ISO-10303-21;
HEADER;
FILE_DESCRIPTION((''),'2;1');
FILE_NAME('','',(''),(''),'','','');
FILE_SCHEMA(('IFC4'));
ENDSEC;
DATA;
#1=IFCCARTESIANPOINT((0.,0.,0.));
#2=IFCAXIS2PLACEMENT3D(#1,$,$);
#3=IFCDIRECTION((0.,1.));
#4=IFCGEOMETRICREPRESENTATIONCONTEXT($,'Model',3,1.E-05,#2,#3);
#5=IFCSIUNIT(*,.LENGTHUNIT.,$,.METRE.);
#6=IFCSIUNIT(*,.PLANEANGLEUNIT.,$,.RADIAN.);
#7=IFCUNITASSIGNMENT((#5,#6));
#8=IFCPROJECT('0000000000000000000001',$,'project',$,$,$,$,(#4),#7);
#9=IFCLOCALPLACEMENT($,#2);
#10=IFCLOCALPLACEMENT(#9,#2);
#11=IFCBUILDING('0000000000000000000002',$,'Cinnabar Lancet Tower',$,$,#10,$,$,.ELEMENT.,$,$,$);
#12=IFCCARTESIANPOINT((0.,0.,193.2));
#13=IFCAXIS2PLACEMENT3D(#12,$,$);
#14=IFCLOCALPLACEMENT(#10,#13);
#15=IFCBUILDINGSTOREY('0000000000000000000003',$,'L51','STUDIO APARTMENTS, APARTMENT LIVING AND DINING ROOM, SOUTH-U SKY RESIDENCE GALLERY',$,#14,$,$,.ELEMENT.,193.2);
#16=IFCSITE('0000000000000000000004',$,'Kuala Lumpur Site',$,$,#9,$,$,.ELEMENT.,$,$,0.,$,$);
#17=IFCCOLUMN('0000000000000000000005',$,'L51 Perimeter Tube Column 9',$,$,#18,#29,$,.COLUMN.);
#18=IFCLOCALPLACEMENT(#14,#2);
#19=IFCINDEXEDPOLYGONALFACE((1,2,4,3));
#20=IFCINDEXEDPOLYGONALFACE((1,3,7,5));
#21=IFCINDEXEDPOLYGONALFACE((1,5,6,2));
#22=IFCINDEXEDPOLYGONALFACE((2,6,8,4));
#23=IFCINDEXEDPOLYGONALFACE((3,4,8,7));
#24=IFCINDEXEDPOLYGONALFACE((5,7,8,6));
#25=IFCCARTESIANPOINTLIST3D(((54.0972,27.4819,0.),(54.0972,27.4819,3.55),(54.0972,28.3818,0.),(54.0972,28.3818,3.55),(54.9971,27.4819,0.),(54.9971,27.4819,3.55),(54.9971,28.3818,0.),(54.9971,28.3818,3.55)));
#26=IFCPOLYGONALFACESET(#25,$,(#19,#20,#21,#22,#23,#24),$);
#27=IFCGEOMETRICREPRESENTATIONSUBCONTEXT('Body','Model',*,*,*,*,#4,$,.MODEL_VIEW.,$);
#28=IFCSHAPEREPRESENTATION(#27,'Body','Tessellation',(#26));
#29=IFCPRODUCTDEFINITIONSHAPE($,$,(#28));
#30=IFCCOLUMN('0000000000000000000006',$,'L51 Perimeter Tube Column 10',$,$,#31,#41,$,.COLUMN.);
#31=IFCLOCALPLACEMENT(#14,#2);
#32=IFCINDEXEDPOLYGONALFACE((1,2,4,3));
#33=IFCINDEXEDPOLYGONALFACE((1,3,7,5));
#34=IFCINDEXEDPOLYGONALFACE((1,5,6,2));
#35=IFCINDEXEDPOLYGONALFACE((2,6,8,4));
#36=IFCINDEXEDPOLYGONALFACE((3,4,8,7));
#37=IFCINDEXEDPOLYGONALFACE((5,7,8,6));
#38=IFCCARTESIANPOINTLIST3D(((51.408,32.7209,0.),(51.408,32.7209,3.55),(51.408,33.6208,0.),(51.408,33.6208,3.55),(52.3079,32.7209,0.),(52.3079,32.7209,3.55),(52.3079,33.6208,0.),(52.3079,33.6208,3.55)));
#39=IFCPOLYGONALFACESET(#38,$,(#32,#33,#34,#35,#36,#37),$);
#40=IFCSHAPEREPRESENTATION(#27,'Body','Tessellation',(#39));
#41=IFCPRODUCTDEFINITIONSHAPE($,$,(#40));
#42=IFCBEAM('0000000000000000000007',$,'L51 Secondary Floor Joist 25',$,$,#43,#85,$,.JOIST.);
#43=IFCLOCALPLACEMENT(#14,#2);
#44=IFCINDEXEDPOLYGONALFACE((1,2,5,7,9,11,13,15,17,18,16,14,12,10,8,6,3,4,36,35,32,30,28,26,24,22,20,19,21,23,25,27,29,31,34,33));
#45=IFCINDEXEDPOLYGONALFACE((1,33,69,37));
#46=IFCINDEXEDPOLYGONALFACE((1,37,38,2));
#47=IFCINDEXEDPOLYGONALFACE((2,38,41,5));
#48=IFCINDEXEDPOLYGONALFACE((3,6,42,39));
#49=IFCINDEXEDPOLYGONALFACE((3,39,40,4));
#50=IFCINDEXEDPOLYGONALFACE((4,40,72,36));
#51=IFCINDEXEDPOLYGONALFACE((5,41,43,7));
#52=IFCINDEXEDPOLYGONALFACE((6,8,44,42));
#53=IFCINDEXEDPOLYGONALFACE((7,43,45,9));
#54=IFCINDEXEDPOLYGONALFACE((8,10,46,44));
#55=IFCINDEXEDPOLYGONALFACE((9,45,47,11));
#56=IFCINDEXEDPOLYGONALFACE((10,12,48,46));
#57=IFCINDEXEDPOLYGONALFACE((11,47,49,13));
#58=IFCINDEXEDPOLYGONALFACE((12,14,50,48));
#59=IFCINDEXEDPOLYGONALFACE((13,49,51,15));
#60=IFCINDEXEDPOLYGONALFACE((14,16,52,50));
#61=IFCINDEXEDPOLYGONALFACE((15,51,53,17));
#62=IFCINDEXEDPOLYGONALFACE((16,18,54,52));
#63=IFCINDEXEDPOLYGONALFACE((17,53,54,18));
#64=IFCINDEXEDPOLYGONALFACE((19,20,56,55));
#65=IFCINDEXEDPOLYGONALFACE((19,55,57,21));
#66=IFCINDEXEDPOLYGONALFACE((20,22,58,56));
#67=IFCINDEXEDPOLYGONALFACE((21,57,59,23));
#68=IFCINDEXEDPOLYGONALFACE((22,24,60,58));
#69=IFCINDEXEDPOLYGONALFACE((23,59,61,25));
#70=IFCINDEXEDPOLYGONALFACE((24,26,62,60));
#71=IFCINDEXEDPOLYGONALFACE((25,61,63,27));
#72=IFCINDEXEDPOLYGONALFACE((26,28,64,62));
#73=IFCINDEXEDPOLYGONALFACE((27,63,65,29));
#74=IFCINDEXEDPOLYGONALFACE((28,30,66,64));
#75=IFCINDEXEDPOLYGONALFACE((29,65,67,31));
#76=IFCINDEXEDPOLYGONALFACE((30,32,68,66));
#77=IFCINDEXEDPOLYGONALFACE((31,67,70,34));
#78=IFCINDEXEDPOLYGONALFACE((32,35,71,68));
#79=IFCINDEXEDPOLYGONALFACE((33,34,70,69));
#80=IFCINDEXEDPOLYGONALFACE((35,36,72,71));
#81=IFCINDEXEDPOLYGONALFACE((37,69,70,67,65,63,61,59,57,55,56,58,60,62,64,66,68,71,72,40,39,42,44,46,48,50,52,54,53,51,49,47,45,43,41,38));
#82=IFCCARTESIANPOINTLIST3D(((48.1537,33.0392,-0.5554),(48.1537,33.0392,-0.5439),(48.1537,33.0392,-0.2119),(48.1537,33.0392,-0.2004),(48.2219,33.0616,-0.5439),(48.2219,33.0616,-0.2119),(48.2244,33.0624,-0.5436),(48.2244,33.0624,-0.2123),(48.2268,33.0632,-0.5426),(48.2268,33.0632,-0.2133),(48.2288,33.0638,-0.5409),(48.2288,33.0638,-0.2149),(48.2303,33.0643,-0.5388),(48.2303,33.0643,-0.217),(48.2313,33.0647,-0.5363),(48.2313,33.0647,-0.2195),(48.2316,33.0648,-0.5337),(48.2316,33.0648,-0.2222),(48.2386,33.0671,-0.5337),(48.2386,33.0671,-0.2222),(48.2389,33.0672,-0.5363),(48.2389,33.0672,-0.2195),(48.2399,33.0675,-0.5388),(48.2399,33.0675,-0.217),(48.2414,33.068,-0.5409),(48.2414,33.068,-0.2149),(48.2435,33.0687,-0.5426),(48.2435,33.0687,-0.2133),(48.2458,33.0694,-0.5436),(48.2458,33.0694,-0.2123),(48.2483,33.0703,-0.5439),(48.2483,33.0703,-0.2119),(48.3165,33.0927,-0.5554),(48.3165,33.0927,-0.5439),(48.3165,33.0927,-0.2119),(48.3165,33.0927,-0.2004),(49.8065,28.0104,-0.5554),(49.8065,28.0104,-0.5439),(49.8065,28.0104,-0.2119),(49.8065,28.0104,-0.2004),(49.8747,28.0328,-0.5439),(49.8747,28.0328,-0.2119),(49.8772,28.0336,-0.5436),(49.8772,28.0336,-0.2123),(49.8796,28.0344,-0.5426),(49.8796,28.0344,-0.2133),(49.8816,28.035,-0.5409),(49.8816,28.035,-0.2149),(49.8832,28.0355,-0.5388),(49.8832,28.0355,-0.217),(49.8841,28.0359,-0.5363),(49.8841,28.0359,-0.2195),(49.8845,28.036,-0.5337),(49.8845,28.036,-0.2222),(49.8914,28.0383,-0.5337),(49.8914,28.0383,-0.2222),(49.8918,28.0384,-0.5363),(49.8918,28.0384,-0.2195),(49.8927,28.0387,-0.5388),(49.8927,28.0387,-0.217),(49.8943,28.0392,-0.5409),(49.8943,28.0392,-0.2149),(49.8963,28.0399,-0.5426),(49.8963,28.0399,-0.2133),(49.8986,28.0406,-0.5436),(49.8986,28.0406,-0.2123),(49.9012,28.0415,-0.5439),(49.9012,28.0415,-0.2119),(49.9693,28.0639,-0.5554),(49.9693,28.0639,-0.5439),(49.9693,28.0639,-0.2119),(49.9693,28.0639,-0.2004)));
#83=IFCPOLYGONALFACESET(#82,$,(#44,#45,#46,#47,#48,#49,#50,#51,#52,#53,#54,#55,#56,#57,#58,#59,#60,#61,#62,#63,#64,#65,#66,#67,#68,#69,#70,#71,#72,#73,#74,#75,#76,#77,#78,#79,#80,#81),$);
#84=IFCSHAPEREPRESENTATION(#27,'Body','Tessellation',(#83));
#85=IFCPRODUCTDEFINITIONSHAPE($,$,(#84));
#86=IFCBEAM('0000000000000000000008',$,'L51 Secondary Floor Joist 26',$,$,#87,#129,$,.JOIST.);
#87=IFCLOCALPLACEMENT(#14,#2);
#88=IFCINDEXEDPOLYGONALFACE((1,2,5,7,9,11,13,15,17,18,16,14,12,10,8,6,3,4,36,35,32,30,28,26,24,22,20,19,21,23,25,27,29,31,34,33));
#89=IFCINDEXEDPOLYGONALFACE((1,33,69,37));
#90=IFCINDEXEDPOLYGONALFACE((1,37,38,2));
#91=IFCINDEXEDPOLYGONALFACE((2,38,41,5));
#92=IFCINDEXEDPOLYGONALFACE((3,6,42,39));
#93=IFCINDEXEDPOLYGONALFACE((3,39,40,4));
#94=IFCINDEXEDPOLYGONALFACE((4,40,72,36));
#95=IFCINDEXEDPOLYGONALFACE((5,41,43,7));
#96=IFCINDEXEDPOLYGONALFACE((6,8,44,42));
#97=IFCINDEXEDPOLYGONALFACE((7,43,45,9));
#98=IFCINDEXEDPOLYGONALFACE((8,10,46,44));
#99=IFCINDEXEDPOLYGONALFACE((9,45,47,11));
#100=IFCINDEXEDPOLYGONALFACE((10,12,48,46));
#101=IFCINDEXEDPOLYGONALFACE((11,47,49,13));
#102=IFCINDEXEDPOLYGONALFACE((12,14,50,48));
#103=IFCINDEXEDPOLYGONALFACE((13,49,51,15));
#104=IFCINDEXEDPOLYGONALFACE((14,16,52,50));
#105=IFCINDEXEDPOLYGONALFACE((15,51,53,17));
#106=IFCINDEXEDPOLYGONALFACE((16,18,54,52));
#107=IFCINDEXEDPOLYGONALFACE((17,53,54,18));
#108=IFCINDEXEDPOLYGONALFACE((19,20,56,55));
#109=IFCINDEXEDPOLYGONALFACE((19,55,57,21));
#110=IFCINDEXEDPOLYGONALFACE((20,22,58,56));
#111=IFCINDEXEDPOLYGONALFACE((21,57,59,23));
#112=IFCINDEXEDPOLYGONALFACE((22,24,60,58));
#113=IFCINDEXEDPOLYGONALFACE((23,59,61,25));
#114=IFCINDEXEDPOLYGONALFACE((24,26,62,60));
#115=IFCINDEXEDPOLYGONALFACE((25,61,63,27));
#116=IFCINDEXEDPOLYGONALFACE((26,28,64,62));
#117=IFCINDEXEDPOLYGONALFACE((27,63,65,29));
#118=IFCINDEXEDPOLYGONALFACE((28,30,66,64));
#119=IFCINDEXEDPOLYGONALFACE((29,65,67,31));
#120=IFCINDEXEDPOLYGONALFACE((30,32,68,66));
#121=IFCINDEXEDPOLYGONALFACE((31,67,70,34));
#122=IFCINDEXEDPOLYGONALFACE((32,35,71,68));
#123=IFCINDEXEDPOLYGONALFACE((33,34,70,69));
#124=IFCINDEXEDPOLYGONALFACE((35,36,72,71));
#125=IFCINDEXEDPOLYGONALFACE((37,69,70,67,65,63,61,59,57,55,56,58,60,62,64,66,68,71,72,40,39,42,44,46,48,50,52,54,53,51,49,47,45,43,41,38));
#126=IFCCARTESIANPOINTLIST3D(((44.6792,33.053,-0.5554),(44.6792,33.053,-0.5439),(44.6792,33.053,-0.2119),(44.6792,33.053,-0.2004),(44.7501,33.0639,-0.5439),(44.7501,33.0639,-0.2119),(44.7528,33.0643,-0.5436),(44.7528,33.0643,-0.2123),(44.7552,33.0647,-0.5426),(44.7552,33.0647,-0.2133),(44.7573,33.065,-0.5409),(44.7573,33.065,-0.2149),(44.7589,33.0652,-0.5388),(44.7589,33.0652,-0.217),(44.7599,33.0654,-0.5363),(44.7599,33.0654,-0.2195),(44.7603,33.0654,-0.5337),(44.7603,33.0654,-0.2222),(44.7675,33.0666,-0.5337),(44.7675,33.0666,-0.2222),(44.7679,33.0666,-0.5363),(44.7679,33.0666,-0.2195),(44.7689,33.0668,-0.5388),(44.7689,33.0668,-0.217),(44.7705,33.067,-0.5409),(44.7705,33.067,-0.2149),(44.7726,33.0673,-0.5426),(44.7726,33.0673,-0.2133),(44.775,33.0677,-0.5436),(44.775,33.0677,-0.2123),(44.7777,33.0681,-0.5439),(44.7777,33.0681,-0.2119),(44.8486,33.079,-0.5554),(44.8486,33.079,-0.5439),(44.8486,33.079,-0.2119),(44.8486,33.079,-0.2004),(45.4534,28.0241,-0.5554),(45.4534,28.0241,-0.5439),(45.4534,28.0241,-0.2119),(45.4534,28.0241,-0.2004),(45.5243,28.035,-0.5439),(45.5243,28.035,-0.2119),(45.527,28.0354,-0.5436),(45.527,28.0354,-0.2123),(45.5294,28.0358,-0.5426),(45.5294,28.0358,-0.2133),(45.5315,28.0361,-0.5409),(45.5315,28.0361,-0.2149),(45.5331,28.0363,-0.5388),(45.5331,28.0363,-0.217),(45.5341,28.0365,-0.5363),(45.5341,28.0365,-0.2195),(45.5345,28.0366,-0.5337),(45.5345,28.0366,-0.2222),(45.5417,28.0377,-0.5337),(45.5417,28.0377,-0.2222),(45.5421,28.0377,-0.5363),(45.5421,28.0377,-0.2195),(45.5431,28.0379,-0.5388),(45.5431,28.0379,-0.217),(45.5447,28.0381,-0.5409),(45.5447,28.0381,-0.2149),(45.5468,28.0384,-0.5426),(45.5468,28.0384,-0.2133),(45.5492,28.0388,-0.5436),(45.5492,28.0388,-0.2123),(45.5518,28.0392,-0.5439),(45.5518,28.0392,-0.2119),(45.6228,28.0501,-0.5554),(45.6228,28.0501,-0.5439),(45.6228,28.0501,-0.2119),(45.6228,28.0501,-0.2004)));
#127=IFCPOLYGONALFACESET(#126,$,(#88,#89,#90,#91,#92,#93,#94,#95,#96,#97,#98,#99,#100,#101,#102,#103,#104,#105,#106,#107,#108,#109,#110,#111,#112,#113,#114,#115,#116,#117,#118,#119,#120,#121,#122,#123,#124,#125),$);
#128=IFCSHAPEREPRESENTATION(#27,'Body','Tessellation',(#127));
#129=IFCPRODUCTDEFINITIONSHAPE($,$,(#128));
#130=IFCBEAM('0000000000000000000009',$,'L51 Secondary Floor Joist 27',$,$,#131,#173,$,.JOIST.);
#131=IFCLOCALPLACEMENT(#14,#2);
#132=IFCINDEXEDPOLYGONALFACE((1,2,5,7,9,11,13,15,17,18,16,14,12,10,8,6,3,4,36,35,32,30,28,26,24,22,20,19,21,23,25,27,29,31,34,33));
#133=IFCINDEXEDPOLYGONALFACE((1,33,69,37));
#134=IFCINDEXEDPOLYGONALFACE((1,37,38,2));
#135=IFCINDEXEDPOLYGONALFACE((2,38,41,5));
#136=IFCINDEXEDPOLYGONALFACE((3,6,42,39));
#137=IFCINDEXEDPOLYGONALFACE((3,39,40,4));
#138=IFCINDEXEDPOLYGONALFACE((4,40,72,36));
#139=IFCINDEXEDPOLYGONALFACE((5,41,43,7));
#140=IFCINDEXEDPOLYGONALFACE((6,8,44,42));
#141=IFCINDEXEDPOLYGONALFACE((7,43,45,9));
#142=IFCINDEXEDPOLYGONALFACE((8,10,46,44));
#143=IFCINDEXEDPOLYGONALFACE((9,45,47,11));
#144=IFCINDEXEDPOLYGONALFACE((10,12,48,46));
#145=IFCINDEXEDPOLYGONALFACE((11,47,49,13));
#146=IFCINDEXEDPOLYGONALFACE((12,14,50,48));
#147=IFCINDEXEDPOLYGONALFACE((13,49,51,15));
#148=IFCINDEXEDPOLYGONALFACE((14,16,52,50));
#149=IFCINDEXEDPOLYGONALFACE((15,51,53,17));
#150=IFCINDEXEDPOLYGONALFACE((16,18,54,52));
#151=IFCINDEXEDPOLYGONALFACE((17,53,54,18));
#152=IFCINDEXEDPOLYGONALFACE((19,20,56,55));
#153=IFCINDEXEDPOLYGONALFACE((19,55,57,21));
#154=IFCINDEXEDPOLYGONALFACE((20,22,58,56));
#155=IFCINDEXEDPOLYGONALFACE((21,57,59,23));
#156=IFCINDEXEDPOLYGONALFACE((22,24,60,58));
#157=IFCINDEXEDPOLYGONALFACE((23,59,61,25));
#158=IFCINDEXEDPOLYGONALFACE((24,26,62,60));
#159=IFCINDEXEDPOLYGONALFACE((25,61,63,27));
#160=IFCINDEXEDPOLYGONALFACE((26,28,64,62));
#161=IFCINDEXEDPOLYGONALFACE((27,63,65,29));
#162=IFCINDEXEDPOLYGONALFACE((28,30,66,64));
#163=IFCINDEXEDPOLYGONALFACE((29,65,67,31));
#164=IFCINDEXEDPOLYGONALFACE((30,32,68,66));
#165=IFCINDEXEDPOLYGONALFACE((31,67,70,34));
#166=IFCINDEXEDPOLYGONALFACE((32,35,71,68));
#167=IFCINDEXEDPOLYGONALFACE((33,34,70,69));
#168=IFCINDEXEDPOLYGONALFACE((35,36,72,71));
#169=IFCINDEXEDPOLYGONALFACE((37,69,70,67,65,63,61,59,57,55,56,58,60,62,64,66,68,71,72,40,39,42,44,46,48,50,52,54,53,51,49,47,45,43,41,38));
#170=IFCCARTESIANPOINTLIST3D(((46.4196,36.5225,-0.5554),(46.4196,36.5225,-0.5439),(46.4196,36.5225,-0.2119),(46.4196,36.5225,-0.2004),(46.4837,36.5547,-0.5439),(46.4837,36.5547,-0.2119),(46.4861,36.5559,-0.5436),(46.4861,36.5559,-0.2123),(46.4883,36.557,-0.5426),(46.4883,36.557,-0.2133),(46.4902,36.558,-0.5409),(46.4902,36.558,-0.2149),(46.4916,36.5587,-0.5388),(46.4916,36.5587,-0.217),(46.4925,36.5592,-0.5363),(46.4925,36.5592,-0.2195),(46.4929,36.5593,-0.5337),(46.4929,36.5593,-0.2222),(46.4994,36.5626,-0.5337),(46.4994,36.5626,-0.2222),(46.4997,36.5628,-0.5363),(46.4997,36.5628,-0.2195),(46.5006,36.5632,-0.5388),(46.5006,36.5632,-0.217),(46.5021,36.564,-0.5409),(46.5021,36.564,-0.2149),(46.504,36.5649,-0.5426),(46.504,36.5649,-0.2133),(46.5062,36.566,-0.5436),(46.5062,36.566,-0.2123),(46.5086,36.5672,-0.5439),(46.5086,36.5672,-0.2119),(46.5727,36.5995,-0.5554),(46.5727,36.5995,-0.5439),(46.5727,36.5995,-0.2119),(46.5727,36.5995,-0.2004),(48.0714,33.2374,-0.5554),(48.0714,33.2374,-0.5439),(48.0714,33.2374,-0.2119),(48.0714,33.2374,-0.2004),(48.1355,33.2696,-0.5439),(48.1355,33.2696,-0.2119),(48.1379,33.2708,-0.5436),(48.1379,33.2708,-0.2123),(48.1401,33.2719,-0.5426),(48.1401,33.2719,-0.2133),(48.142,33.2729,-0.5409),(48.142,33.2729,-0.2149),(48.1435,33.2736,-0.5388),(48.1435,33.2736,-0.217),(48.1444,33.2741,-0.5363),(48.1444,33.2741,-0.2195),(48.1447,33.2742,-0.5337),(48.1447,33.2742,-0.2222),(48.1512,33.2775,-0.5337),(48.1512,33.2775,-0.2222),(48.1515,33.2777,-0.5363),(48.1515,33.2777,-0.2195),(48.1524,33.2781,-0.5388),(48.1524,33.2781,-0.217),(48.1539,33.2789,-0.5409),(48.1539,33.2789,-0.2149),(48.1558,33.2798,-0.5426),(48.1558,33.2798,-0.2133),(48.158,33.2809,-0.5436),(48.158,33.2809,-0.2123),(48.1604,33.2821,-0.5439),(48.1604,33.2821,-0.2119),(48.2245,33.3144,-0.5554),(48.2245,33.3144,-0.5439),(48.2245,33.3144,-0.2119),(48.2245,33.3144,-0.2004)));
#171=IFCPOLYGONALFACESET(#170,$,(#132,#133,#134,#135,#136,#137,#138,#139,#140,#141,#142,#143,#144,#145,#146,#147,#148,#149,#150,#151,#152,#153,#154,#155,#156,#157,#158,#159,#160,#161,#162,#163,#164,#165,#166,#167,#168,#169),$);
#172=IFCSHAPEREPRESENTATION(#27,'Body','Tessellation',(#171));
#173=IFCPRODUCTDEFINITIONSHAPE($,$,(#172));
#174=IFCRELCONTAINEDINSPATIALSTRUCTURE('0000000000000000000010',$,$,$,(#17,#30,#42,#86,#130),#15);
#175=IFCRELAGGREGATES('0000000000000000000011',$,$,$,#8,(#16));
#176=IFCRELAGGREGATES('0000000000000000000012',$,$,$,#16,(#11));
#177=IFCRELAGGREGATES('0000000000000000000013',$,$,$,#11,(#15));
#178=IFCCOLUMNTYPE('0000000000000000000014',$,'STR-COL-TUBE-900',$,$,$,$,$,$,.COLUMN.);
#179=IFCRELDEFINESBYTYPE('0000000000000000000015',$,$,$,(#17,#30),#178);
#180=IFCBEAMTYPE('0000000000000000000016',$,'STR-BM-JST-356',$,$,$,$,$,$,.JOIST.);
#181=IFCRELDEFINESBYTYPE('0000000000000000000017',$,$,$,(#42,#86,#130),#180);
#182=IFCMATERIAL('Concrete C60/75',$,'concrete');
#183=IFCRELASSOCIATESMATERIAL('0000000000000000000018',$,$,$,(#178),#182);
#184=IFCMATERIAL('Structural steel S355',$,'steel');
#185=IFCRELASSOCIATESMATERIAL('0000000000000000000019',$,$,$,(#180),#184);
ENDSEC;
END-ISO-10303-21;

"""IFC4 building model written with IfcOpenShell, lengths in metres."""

from ifc_helpers import new_model, si_unit, direction, frame, origin, origin_2d, place, context, subcontext, project, spatial, rectangle, i_section, extrude, material, material_profile, profile_set, type_object, element, save


model = new_model("IFC4")

# Units and contexts
model_context = context("Model", 3, precision=1e-05, world=origin(), true_north=direction((0.0, 1.0)))
body_context = subcontext(model_context, "Body", "Model", "MODEL_VIEW")
ifc_project = project(units=[si_unit("LENGTHUNIT", "METRE"), si_unit("PLANEANGLEUNIT", "RADIAN")], contexts=[model_context])

# Site, building, storey
site_placement = place(None, origin())
site = spatial("IfcSite", under=ifc_project, at=site_placement, Name="Kuala Lumpur Site", CompositionType="ELEMENT", RefElevation=0.0)
building_placement = place(site_placement, origin())
building = spatial("IfcBuilding", under=site, at=building_placement, Name="Cinnabar Lancet Tower", CompositionType="ELEMENT")
storey_placement = place(building_placement, frame((0.0, 0.0, 193.2)))
storey = spatial("IfcBuildingStorey", under=building, at=storey_placement, Name="L51", Description="STUDIO APARTMENTS, APARTMENT LIVING AND DINING ROOM, SOUTH-U SKY RESIDENCE GALLERY", CompositionType="ELEMENT", Elevation=193.2)

# Columns
ifc_material_1 = material(Name="Concrete C60/75", Category="concrete")
ifc_material_profile_1 = material_profile(ifc_material_1, rectangle(XDim=0.8999, YDim=0.8999, at=origin_2d()), Name="RC-COL 900x900")
ifc_profile_set_1 = profile_set([ifc_material_profile_1], Name="Concrete C60/75")
column_type = type_object("IfcColumnType", Name="STR-COL-TUBE-900", PredefinedType="COLUMN", material=ifc_profile_set_1)
for number, where, z_axis, x_axis, name in (
    (1, (54.5471, 27.9319, 0.0), (0.0, 0.0, 1.0), (1.0, 0.0, 0.0), "L51 Perimeter Tube Column 9"),
    (2, (51.8579, 33.1709, 0.0), (0.0, 0.0, 1.0), (1.0, 0.0, 0.0), "L51 Perimeter Tube Column 10"),
):
    element("IfcColumn", number, at=place(storey_placement, frame(where, z_axis=z_axis, x_axis=x_axis)), inside=storey, type_object=column_type, Name=name, PredefinedType="COLUMN", context=body_context, shape_type="SweptSolid", body=[
        extrude(rectangle(XDim=0.8999, YDim=0.8999, at=origin_2d()), origin(), (0.0, 0.0, 1.0), 3.55),
    ])

# Beams
ifc_material_2 = material(Name="Structural steel S355", Category="steel")
ifc_material_profile_2 = material_profile(ifc_material_2, i_section(OverallWidth=0.1714, OverallDepth=0.355, WebThickness=0.0073, FlangeThickness=0.0115, FilletRadius=0.0103, at=origin_2d()), Name="UKB 356x171x51")
ifc_profile_set_2 = profile_set([ifc_material_profile_2], Name="Structural steel S355")
beam_type_1 = type_object("IfcBeamType", Name="STR-BM-JST-356", PredefinedType="JOIST", material=ifc_profile_set_2)
beam_1_placement = place(storey_placement, frame((49.8879, 28.0371, -0.3779), z_axis=(-0.31224, 0.950003, 0.0), x_axis=(-0.950003, -0.31224, 0.0)))
element("IfcBeam", 3, at=beam_1_placement, inside=storey, type_object=beam_type_1, Name="L51 Secondary Floor Joist 25", PredefinedType="JOIST", context=body_context, shape_type="SweptSolid", body=[
    extrude(i_section(OverallWidth=0.1714, OverallDepth=0.355, WebThickness=0.0073, FlangeThickness=0.0115, FilletRadius=0.0103, at=origin_2d()), origin(), (0.0, 0.0, 1.0), 5.2935),
])
beam_2_placement = place(storey_placement, frame((45.5381, 28.0371, -0.3779), z_axis=(-0.152155, 0.988357, 0.0), x_axis=(-0.988357, -0.152155, 0.0)))
element("IfcBeam", 4, at=beam_2_placement, inside=storey, type_object=beam_type_1, Name="L51 Secondary Floor Joist 26", PredefinedType="JOIST", context=body_context, shape_type="SweptSolid", body=[
    extrude(i_section(OverallWidth=0.1714, OverallDepth=0.355, WebThickness=0.0073, FlangeThickness=0.0115, FilletRadius=0.0103, at=origin_2d()), origin(), (0.0, 0.0, 1.0), 5.0881),
])
beam_3_placement = place(storey_placement, frame((48.1479, 33.2759, -0.3779), z_axis=(-0.449231, 0.893416, 0.0), x_axis=(-0.893416, -0.449231, 0.0)))
element("IfcBeam", 5, at=beam_3_placement, inside=storey, type_object=beam_type_1, Name="L51 Secondary Floor Joist 27", PredefinedType="JOIST", context=body_context, shape_type="SweptSolid", body=[
    extrude(i_section(OverallWidth=0.1714, OverallDepth=0.355, WebThickness=0.0073, FlangeThickness=0.0115, FilletRadius=0.0103, at=origin_2d()), origin(), (0.0, 0.0, 1.0), 3.677),
])

save(model, "model.ifc")
